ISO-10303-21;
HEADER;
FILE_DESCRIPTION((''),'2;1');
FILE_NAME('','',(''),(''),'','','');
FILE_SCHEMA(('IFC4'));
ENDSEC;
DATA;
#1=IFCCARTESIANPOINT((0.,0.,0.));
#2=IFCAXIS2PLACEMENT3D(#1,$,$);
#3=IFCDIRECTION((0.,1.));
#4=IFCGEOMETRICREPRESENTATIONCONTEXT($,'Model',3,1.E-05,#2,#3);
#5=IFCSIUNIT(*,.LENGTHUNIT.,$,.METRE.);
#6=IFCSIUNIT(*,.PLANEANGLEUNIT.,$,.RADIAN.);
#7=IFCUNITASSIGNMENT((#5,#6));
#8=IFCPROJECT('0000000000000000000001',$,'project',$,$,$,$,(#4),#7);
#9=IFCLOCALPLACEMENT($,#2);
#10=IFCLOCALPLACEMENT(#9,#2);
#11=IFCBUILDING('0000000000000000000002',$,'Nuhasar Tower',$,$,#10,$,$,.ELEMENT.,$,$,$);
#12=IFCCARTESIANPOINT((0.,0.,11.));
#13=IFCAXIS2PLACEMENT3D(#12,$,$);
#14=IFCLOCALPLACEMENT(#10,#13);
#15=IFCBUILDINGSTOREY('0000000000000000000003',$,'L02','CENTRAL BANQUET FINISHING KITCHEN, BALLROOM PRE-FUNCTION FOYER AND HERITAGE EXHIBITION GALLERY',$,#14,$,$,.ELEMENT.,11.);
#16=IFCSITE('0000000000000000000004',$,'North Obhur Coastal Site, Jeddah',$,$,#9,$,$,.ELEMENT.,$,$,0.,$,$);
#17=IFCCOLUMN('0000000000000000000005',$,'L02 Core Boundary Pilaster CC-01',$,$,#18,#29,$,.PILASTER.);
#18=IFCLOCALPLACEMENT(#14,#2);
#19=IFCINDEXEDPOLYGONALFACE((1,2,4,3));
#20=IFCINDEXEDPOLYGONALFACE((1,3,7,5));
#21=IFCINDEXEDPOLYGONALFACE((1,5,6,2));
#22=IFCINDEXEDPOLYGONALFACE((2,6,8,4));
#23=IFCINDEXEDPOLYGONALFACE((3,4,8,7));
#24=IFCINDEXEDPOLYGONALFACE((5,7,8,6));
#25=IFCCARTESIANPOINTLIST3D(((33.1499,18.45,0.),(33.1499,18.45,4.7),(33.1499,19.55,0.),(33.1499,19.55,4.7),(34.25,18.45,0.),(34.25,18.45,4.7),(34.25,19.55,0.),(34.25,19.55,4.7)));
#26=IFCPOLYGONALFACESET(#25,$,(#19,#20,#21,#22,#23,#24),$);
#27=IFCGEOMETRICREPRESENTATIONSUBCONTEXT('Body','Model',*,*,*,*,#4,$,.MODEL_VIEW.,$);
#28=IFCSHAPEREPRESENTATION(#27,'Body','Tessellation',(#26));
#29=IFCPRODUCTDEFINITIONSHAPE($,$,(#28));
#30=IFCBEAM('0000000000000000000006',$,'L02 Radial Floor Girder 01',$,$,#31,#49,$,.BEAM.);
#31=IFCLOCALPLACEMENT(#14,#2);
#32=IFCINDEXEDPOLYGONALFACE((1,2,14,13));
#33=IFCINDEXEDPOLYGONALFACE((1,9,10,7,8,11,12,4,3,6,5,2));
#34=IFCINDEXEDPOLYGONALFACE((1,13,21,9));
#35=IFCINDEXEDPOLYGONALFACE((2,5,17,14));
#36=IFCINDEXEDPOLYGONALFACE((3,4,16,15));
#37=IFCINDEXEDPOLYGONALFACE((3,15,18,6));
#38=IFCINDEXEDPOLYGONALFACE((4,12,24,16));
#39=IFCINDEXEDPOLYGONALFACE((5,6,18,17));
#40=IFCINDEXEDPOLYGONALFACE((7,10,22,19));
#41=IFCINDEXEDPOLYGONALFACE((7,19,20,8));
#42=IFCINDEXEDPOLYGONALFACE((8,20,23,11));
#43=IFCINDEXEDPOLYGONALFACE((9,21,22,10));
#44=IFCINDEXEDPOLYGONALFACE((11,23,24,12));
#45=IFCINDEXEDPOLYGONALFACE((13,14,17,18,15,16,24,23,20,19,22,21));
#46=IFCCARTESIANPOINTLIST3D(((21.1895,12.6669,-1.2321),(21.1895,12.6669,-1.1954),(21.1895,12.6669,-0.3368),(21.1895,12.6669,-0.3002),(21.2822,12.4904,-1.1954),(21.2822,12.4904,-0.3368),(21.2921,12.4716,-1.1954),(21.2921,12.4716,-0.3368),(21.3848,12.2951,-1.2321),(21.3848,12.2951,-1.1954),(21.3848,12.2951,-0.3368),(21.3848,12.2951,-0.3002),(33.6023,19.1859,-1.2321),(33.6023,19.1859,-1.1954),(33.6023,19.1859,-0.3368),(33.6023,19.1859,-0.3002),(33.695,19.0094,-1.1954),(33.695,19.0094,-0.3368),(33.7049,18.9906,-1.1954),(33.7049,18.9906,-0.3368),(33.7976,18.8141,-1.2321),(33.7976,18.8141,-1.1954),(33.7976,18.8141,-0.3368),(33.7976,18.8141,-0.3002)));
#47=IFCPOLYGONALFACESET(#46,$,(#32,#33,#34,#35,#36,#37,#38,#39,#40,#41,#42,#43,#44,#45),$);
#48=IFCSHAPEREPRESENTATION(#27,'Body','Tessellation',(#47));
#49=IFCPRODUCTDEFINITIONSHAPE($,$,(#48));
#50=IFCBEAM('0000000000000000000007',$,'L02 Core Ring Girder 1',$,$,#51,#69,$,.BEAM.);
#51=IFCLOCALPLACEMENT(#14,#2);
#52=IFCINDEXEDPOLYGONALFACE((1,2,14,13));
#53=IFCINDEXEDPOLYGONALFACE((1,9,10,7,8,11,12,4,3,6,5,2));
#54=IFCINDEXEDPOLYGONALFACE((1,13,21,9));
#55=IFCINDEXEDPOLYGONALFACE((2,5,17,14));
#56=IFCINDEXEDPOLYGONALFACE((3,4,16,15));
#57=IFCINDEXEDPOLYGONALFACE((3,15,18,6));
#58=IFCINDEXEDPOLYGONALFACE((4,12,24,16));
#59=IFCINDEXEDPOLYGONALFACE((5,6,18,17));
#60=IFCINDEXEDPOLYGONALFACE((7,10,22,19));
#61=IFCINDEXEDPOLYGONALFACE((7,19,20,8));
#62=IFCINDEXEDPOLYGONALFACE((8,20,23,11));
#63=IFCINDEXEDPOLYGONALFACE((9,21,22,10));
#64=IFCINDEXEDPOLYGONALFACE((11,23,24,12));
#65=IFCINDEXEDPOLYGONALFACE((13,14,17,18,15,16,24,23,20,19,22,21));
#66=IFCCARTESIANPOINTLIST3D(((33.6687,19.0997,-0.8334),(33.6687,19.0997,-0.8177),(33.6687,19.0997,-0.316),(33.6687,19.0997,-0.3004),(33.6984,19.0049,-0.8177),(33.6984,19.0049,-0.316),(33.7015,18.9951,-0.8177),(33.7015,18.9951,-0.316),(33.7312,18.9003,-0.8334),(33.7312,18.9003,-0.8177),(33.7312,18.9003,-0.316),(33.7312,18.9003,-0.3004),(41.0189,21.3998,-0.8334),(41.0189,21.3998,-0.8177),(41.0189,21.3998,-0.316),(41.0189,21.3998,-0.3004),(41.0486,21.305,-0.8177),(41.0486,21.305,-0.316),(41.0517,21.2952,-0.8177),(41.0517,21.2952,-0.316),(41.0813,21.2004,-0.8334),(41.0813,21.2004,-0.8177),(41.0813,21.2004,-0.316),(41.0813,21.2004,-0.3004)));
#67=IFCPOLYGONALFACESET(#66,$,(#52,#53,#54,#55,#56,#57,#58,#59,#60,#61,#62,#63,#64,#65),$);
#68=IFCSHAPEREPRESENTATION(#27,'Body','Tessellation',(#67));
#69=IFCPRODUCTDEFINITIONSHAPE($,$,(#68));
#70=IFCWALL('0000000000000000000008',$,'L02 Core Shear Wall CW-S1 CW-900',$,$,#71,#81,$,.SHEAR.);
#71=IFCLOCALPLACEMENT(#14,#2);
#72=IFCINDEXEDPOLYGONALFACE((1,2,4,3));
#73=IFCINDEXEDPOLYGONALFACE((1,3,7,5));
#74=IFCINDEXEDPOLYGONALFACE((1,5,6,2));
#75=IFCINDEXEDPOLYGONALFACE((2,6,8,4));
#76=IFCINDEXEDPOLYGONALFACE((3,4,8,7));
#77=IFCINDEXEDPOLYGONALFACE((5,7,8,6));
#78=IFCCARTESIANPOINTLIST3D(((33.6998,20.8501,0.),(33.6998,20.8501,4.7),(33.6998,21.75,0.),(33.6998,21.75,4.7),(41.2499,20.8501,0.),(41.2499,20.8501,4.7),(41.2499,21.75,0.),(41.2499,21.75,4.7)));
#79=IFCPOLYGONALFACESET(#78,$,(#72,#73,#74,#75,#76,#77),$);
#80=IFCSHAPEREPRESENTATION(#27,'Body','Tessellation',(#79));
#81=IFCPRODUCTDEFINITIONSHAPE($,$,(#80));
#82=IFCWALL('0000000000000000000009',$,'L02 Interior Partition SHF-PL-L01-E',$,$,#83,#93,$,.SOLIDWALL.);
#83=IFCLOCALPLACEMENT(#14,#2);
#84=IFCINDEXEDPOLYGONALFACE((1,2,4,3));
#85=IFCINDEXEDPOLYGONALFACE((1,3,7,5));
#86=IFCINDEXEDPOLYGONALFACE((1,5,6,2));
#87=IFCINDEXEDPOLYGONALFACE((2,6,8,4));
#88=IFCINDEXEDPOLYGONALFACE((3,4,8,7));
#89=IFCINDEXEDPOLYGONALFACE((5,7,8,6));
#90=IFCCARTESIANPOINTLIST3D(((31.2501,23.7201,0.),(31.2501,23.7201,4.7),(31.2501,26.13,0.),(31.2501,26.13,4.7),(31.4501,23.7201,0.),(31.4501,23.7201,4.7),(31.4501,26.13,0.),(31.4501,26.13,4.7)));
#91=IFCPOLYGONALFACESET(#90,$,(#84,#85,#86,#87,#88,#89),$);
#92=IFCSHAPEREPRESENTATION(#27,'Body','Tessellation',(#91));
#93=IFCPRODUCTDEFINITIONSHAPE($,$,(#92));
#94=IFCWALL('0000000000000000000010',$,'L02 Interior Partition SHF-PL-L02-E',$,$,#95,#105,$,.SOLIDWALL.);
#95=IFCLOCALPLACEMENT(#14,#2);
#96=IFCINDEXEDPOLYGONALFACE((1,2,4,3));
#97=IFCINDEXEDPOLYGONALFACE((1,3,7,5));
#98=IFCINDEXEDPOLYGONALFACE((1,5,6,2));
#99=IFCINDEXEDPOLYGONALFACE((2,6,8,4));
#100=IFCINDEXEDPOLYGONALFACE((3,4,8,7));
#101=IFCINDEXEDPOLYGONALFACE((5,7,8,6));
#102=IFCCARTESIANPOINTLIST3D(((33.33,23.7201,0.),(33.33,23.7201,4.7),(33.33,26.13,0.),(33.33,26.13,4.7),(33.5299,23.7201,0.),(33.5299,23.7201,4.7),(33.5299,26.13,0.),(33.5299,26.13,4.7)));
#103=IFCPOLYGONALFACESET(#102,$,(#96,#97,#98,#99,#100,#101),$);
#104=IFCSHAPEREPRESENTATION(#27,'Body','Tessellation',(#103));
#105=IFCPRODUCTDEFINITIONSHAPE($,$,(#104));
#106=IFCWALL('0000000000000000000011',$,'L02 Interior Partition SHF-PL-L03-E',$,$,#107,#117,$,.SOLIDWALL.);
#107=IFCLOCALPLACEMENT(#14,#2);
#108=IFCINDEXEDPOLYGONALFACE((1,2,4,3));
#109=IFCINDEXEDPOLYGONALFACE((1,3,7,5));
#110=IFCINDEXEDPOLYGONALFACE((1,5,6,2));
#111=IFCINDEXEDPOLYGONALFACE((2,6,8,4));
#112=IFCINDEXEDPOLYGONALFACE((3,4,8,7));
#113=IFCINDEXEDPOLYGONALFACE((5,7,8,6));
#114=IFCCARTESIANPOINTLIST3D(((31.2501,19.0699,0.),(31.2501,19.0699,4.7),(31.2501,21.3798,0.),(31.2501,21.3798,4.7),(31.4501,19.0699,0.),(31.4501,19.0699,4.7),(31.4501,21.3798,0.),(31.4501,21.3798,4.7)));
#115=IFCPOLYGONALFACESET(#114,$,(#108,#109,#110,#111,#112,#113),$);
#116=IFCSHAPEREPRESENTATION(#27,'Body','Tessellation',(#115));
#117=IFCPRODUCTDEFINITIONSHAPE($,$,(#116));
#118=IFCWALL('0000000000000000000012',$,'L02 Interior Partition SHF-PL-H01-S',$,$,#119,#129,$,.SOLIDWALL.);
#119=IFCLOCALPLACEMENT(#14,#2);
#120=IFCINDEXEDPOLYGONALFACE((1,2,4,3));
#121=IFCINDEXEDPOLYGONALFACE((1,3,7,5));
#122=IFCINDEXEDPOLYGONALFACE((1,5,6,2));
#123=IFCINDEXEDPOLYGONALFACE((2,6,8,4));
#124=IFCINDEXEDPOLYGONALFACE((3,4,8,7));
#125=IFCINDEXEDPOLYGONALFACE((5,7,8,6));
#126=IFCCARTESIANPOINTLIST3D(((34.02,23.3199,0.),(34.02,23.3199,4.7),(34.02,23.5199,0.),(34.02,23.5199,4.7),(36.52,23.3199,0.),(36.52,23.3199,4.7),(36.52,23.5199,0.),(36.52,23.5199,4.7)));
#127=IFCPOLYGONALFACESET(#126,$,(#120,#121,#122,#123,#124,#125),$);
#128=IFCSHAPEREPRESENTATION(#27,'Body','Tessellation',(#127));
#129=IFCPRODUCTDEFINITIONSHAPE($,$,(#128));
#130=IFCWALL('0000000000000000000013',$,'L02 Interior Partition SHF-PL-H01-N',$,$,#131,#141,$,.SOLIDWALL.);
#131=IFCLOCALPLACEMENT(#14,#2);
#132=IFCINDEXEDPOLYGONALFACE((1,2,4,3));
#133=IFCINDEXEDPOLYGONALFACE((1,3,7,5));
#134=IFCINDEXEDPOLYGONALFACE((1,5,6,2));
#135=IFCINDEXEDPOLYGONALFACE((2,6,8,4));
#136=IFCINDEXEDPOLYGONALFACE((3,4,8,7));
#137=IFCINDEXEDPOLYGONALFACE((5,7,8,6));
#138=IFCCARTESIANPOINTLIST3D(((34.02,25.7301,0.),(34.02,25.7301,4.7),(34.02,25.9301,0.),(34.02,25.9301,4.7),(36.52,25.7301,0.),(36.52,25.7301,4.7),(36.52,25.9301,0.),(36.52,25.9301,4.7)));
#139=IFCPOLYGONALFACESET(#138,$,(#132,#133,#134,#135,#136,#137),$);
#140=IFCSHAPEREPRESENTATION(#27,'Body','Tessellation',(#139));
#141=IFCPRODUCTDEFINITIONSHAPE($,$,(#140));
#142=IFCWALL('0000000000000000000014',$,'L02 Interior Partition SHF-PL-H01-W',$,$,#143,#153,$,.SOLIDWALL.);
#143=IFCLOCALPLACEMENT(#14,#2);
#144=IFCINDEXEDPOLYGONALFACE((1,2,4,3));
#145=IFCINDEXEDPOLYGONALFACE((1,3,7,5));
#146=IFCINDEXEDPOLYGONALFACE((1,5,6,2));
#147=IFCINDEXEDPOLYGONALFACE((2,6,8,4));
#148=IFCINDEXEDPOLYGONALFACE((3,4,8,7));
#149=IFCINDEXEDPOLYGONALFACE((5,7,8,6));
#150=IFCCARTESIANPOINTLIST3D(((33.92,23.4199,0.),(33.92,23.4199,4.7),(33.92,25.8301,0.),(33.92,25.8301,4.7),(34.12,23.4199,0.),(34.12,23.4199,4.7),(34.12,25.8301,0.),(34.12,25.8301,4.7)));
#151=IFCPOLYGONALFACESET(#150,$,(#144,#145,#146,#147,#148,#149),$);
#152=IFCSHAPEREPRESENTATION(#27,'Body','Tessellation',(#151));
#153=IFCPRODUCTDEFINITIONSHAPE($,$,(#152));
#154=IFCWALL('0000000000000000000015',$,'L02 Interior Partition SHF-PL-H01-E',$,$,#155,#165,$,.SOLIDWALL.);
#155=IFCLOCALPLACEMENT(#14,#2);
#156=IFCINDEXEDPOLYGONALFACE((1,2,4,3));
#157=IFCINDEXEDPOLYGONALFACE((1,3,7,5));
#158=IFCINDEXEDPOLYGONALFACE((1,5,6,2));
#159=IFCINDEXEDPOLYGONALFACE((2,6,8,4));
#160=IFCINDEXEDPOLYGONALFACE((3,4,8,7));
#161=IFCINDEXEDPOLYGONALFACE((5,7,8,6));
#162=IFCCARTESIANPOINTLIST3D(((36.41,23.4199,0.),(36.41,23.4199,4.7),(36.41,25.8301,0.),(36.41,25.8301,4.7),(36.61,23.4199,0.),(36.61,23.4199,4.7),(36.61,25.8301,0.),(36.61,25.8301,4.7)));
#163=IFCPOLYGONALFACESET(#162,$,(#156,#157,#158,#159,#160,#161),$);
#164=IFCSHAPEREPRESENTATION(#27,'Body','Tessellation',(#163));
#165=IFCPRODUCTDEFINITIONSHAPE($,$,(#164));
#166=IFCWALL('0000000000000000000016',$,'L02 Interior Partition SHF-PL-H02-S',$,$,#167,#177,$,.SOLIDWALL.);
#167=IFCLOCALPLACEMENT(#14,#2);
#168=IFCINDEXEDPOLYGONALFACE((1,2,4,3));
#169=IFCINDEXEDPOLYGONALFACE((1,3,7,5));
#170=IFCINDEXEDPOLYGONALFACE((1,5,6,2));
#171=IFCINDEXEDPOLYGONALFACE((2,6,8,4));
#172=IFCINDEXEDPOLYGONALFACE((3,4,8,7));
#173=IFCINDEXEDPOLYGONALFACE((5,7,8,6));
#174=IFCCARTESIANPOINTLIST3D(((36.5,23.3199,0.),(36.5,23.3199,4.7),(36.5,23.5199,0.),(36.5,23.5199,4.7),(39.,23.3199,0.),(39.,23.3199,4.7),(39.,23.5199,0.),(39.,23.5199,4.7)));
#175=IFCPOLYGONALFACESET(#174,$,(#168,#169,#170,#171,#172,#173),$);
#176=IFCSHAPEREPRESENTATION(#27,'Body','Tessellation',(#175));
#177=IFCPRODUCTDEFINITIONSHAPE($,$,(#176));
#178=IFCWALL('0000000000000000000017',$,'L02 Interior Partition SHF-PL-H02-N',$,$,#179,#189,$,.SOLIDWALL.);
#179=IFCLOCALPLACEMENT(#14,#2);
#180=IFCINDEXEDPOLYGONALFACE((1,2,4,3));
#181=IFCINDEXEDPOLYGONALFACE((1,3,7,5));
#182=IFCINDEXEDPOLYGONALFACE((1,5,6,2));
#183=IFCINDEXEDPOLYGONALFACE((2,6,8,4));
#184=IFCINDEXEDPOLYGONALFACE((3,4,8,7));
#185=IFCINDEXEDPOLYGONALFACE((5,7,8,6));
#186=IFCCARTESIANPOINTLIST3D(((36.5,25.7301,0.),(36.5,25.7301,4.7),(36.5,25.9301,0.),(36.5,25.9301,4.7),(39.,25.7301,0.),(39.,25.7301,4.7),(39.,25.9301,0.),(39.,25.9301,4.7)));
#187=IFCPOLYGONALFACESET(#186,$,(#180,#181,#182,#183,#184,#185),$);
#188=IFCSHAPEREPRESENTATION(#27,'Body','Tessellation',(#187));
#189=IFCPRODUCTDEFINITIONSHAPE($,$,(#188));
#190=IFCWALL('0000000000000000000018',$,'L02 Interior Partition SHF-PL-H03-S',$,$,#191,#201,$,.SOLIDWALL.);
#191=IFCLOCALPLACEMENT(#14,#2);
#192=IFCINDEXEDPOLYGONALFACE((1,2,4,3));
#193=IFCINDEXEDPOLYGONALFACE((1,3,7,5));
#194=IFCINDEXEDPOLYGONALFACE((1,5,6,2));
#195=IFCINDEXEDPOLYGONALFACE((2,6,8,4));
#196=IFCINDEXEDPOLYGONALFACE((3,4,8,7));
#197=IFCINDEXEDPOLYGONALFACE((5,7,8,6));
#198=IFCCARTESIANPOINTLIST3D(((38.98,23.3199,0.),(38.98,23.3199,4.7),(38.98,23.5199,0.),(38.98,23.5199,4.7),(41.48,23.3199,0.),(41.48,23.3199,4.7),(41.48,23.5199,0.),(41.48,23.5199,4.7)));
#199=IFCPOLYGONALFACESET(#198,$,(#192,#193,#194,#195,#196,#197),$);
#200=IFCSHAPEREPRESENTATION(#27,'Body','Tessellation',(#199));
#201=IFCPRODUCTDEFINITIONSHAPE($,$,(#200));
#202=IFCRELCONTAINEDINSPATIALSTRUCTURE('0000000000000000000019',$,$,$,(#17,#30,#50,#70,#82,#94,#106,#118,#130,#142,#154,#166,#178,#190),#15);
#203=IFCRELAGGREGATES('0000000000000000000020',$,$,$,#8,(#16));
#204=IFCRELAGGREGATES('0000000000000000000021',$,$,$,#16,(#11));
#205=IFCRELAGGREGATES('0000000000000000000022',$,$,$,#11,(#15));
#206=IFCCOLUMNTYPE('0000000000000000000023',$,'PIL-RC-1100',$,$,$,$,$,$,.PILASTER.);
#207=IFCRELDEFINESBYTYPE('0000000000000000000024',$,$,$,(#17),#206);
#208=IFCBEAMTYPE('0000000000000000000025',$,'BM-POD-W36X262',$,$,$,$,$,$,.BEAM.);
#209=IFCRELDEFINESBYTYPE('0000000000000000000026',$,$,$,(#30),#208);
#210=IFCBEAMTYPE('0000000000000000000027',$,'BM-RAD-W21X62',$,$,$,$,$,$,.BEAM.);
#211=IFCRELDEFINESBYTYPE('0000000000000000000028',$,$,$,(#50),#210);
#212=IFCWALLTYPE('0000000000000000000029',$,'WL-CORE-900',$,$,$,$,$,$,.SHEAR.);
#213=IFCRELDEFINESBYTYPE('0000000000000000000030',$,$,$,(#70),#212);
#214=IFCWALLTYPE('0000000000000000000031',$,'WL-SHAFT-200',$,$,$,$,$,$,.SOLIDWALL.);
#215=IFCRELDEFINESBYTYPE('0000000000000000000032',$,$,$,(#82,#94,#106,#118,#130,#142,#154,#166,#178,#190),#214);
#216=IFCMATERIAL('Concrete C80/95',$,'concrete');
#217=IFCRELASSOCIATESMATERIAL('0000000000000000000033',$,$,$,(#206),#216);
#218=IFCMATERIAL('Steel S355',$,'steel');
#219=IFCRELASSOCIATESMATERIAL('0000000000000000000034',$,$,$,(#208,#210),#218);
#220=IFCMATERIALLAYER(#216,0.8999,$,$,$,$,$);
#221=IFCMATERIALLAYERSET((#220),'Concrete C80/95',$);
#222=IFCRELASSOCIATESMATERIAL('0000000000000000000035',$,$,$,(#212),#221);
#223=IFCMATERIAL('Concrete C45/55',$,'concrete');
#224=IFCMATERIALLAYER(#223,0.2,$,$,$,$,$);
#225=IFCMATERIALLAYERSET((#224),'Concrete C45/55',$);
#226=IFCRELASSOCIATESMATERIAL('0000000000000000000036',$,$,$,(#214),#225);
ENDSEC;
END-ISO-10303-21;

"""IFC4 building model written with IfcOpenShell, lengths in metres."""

from ifc_helpers import new_model, si_unit, direction, frame, frame_2d, origin, origin_2d, place, context, subcontext, project, spatial, rectangle, i_section, extrude, material, layer, layer_set, material_profile, profile_set, type_object, element, save


model = new_model("IFC4")

# Units and contexts
model_context = context("Model", 3, precision=1e-05, world=origin(), true_north=direction((0.0, 1.0)))
body_context = subcontext(model_context, "Body", "Model", "MODEL_VIEW")
ifc_project = project(units=[si_unit("LENGTHUNIT", "METRE"), si_unit("PLANEANGLEUNIT", "RADIAN")], contexts=[model_context])

# Site, building, storey
site_placement = place(None, origin())
site = spatial("IfcSite", under=ifc_project, at=site_placement, Name="North Obhur Coastal Site, Jeddah", CompositionType="ELEMENT", RefElevation=0.0)
building_placement = place(site_placement, origin())
building = spatial("IfcBuilding", under=site, at=building_placement, Name="Nuhasar Tower", CompositionType="ELEMENT")
storey_placement = place(building_placement, frame((0.0, 0.0, 11.0)))
storey = spatial("IfcBuildingStorey", under=building, at=storey_placement, Name="L02", Description="CENTRAL BANQUET FINISHING KITCHEN, BALLROOM PRE-FUNCTION FOYER AND HERITAGE EXHIBITION GALLERY", CompositionType="ELEMENT", Elevation=11.0)

# Column
ifc_material_1 = material(Name="Concrete C80/95", Category="concrete")
ifc_material_profile_1 = material_profile(ifc_material_1, rectangle(XDim=1.1001, YDim=1.1001, at=origin_2d()), Name="RC1100X1100")
ifc_profile_set_1 = profile_set([ifc_material_profile_1], Name="Concrete C80/95")
column_type = type_object("IfcColumnType", Name="PIL-RC-1100", PredefinedType="PILASTER", material=ifc_profile_set_1)
column_placement = place(storey_placement, frame((33.7, 19.0, 0.0), z_axis=(0.0, 0.0, 1.0), x_axis=(1.0, 0.0, 0.0)))
element("IfcColumn", 1, at=column_placement, inside=storey, type_object=column_type, Name="L02 Core Boundary Pilaster CC-01", PredefinedType="PILASTER", context=body_context, shape_type="SweptSolid", body=[
    extrude(rectangle(XDim=1.1001, YDim=1.1001, at=origin_2d()), origin(), (0.0, 0.0, 1.0), 4.7),
])

# Beams
ifc_material_2 = material(Name="Steel S355", Category="steel")
ifc_material_profile_2 = material_profile(ifc_material_2, i_section(OverallWidth=0.4199, OverallDepth=0.9319, WebThickness=0.0212, FlangeThickness=0.0366, at=origin_2d()), Name="W36X262")
ifc_profile_set_2 = profile_set([ifc_material_profile_2], Name="Steel S355")
beam_type_1 = type_object("IfcBeamType", Name="BM-POD-W36X262", PredefinedType="BEAM", material=ifc_profile_set_2)
beam_1_placement = place(storey_placement, frame((33.7, 19.0, -0.7661), z_axis=(-0.88533, -0.464963, 0.0), x_axis=(0.464963, -0.88533, 0.0)))
element("IfcBeam", 2, at=beam_1_placement, inside=storey, type_object=beam_type_1, Name="L02 Radial Floor Girder 01", PredefinedType="BEAM", context=body_context, shape_type="SweptSolid", body=[
    extrude(i_section(OverallWidth=0.4199, OverallDepth=0.9319, WebThickness=0.0212, FlangeThickness=0.0366, at=origin_2d()), origin(), (0.0, 0.0, 1.0), 14.0205),
])
ifc_material_profile_3 = material_profile(ifc_material_2, i_section(OverallWidth=0.209, OverallDepth=0.533, WebThickness=0.0103, FlangeThickness=0.0156, at=origin_2d()), Name="W21X62")
ifc_profile_set_3 = profile_set([ifc_material_profile_3], Name="Steel S355")
beam_type_2 = type_object("IfcBeamType", Name="BM-RAD-W21X62", PredefinedType="BEAM", material=ifc_profile_set_3)
beam_2_placement = place(storey_placement, frame((33.7, 19.0, -0.5669), z_axis=(0.954364, 0.298647, 0.0), x_axis=(-0.298647, 0.954364, 0.0)))
element("IfcBeam", 3, at=beam_2_placement, inside=storey, type_object=beam_type_2, Name="L02 Core Ring Girder 1", PredefinedType="BEAM", context=body_context, shape_type="SweptSolid", body=[
    extrude(i_section(OverallWidth=0.209, OverallDepth=0.533, WebThickness=0.0103, FlangeThickness=0.0156, at=origin_2d()), origin(), (0.0, 0.0, 1.0), 7.7017),
])

# Wall
ifc_layer_1 = layer(ifc_material_1, 0.8999)
ifc_layer_set_1 = layer_set([ifc_layer_1], Name="Concrete C80/95")
wall_type_1 = type_object("IfcWallType", Name="WL-CORE-900", PredefinedType="SHEAR", material=ifc_layer_set_1)
wall_1_placement = place(storey_placement, frame((33.7, 21.3, 0.0), z_axis=(0.0, 0.0, 1.0), x_axis=(1.0, 0.0, 0.0)))
element("IfcWall", 4, at=wall_1_placement, inside=storey, type_object=wall_type_1, Name="L02 Core Shear Wall CW-S1 CW-900", PredefinedType="SHEAR", context=body_context, shape_type="SweptSolid", body=[
    extrude(rectangle(XDim=7.55, YDim=0.8999, at=frame_2d((3.7749, 0.0))), origin(), (0.0, 0.0, 1.0), 4.7),
])

# Shared definitions
ifc_material_3 = material(Name="Concrete C45/55", Category="concrete")

# Walls
ifc_layer_2 = layer(ifc_material_3, 0.2)
ifc_layer_set_2 = layer_set([ifc_layer_2], Name="Concrete C45/55")
wall_type_2 = type_object("IfcWallType", Name="WL-SHAFT-200", PredefinedType="SOLIDWALL", material=ifc_layer_set_2)
for number, where, z_axis, x_axis, name in (
    (5, (31.3501, 23.72, 0.0), (0.0, 0.0, 1.0), (0.0, 1.0, 0.0), "L02 Interior Partition SHF-PL-L01-E"),
    (6, (33.4299, 23.72, 0.0), (0.0, 0.0, 1.0), (0.0, 1.0, 0.0), "L02 Interior Partition SHF-PL-L02-E"),
):
    element("IfcWall", number, at=place(storey_placement, frame(where, z_axis=z_axis, x_axis=x_axis)), inside=storey, type_object=wall_type_2, Name=name, PredefinedType="SOLIDWALL", context=body_context, shape_type="SweptSolid", body=[
        extrude(rectangle(XDim=2.4099, YDim=0.2, at=frame_2d((1.2051, 0.0))), origin(), (0.0, 0.0, 1.0), 4.7),
    ])
wall_2_placement = place(storey_placement, frame((31.3501, 19.0701, 0.0), z_axis=(0.0, 0.0, 1.0), x_axis=(0.0, 1.0, 0.0)))
element("IfcWall", 7, at=wall_2_placement, inside=storey, type_object=wall_type_2, Name="L02 Interior Partition SHF-PL-L03-E", PredefinedType="SOLIDWALL", context=body_context, shape_type="SweptSolid", body=[
    extrude(rectangle(XDim=2.3098, YDim=0.2, at=frame_2d((1.1548, 0.0))), origin(), (0.0, 0.0, 1.0), 4.7),
])
for number, where, z_axis, x_axis, name in (
    (8, (34.02, 23.4199, 0.0), (0.0, 0.0, 1.0), (1.0, 0.0, 0.0), "L02 Interior Partition SHF-PL-H01-S"),
    (9, (34.02, 25.8301, 0.0), (0.0, 0.0, 1.0), (1.0, 0.0, 0.0), "L02 Interior Partition SHF-PL-H01-N"),
):
    element("IfcWall", number, at=place(storey_placement, frame(where, z_axis=z_axis, x_axis=x_axis)), inside=storey, type_object=wall_type_2, Name=name, PredefinedType="SOLIDWALL", context=body_context, shape_type="SweptSolid", body=[
        extrude(rectangle(XDim=2.5, YDim=0.2, at=frame_2d((1.25, 0.0))), origin(), (0.0, 0.0, 1.0), 4.7),
    ])
for number, where, z_axis, x_axis, name in (
    (10, (34.02, 23.4199, 0.0), (0.0, 0.0, 1.0), (0.0, 1.0, 0.0), "L02 Interior Partition SHF-PL-H01-W"),
    (11, (36.51, 23.4199, 0.0), (0.0, 0.0, 1.0), (0.0, 1.0, 0.0), "L02 Interior Partition SHF-PL-H01-E"),
):
    element("IfcWall", number, at=place(storey_placement, frame(where, z_axis=z_axis, x_axis=x_axis)), inside=storey, type_object=wall_type_2, Name=name, PredefinedType="SOLIDWALL", context=body_context, shape_type="SweptSolid", body=[
        extrude(rectangle(XDim=2.4102, YDim=0.2, at=frame_2d((1.2051, 0.0))), origin(), (0.0, 0.0, 1.0), 4.7),
    ])
for number, where, z_axis, x_axis, name in (
    (12, (36.5, 23.4199, 0.0), (0.0, 0.0, 1.0), (1.0, 0.0, 0.0), "L02 Interior Partition SHF-PL-H02-S"),
    (13, (36.5, 25.8301, 0.0), (0.0, 0.0, 1.0), (1.0, 0.0, 0.0), "L02 Interior Partition SHF-PL-H02-N"),
    (14, (38.98, 23.4199, 0.0), (0.0, 0.0, 1.0), (1.0, 0.0, 0.0), "L02 Interior Partition SHF-PL-H03-S"),
):
    element("IfcWall", number, at=place(storey_placement, frame(where, z_axis=z_axis, x_axis=x_axis)), inside=storey, type_object=wall_type_2, Name=name, PredefinedType="SOLIDWALL", context=body_context, shape_type="SweptSolid", body=[
        extrude(rectangle(XDim=2.5, YDim=0.2, at=frame_2d((1.25, 0.0))), origin(), (0.0, 0.0, 1.0), 4.7),
    ])

save(model, "model.ifc")
